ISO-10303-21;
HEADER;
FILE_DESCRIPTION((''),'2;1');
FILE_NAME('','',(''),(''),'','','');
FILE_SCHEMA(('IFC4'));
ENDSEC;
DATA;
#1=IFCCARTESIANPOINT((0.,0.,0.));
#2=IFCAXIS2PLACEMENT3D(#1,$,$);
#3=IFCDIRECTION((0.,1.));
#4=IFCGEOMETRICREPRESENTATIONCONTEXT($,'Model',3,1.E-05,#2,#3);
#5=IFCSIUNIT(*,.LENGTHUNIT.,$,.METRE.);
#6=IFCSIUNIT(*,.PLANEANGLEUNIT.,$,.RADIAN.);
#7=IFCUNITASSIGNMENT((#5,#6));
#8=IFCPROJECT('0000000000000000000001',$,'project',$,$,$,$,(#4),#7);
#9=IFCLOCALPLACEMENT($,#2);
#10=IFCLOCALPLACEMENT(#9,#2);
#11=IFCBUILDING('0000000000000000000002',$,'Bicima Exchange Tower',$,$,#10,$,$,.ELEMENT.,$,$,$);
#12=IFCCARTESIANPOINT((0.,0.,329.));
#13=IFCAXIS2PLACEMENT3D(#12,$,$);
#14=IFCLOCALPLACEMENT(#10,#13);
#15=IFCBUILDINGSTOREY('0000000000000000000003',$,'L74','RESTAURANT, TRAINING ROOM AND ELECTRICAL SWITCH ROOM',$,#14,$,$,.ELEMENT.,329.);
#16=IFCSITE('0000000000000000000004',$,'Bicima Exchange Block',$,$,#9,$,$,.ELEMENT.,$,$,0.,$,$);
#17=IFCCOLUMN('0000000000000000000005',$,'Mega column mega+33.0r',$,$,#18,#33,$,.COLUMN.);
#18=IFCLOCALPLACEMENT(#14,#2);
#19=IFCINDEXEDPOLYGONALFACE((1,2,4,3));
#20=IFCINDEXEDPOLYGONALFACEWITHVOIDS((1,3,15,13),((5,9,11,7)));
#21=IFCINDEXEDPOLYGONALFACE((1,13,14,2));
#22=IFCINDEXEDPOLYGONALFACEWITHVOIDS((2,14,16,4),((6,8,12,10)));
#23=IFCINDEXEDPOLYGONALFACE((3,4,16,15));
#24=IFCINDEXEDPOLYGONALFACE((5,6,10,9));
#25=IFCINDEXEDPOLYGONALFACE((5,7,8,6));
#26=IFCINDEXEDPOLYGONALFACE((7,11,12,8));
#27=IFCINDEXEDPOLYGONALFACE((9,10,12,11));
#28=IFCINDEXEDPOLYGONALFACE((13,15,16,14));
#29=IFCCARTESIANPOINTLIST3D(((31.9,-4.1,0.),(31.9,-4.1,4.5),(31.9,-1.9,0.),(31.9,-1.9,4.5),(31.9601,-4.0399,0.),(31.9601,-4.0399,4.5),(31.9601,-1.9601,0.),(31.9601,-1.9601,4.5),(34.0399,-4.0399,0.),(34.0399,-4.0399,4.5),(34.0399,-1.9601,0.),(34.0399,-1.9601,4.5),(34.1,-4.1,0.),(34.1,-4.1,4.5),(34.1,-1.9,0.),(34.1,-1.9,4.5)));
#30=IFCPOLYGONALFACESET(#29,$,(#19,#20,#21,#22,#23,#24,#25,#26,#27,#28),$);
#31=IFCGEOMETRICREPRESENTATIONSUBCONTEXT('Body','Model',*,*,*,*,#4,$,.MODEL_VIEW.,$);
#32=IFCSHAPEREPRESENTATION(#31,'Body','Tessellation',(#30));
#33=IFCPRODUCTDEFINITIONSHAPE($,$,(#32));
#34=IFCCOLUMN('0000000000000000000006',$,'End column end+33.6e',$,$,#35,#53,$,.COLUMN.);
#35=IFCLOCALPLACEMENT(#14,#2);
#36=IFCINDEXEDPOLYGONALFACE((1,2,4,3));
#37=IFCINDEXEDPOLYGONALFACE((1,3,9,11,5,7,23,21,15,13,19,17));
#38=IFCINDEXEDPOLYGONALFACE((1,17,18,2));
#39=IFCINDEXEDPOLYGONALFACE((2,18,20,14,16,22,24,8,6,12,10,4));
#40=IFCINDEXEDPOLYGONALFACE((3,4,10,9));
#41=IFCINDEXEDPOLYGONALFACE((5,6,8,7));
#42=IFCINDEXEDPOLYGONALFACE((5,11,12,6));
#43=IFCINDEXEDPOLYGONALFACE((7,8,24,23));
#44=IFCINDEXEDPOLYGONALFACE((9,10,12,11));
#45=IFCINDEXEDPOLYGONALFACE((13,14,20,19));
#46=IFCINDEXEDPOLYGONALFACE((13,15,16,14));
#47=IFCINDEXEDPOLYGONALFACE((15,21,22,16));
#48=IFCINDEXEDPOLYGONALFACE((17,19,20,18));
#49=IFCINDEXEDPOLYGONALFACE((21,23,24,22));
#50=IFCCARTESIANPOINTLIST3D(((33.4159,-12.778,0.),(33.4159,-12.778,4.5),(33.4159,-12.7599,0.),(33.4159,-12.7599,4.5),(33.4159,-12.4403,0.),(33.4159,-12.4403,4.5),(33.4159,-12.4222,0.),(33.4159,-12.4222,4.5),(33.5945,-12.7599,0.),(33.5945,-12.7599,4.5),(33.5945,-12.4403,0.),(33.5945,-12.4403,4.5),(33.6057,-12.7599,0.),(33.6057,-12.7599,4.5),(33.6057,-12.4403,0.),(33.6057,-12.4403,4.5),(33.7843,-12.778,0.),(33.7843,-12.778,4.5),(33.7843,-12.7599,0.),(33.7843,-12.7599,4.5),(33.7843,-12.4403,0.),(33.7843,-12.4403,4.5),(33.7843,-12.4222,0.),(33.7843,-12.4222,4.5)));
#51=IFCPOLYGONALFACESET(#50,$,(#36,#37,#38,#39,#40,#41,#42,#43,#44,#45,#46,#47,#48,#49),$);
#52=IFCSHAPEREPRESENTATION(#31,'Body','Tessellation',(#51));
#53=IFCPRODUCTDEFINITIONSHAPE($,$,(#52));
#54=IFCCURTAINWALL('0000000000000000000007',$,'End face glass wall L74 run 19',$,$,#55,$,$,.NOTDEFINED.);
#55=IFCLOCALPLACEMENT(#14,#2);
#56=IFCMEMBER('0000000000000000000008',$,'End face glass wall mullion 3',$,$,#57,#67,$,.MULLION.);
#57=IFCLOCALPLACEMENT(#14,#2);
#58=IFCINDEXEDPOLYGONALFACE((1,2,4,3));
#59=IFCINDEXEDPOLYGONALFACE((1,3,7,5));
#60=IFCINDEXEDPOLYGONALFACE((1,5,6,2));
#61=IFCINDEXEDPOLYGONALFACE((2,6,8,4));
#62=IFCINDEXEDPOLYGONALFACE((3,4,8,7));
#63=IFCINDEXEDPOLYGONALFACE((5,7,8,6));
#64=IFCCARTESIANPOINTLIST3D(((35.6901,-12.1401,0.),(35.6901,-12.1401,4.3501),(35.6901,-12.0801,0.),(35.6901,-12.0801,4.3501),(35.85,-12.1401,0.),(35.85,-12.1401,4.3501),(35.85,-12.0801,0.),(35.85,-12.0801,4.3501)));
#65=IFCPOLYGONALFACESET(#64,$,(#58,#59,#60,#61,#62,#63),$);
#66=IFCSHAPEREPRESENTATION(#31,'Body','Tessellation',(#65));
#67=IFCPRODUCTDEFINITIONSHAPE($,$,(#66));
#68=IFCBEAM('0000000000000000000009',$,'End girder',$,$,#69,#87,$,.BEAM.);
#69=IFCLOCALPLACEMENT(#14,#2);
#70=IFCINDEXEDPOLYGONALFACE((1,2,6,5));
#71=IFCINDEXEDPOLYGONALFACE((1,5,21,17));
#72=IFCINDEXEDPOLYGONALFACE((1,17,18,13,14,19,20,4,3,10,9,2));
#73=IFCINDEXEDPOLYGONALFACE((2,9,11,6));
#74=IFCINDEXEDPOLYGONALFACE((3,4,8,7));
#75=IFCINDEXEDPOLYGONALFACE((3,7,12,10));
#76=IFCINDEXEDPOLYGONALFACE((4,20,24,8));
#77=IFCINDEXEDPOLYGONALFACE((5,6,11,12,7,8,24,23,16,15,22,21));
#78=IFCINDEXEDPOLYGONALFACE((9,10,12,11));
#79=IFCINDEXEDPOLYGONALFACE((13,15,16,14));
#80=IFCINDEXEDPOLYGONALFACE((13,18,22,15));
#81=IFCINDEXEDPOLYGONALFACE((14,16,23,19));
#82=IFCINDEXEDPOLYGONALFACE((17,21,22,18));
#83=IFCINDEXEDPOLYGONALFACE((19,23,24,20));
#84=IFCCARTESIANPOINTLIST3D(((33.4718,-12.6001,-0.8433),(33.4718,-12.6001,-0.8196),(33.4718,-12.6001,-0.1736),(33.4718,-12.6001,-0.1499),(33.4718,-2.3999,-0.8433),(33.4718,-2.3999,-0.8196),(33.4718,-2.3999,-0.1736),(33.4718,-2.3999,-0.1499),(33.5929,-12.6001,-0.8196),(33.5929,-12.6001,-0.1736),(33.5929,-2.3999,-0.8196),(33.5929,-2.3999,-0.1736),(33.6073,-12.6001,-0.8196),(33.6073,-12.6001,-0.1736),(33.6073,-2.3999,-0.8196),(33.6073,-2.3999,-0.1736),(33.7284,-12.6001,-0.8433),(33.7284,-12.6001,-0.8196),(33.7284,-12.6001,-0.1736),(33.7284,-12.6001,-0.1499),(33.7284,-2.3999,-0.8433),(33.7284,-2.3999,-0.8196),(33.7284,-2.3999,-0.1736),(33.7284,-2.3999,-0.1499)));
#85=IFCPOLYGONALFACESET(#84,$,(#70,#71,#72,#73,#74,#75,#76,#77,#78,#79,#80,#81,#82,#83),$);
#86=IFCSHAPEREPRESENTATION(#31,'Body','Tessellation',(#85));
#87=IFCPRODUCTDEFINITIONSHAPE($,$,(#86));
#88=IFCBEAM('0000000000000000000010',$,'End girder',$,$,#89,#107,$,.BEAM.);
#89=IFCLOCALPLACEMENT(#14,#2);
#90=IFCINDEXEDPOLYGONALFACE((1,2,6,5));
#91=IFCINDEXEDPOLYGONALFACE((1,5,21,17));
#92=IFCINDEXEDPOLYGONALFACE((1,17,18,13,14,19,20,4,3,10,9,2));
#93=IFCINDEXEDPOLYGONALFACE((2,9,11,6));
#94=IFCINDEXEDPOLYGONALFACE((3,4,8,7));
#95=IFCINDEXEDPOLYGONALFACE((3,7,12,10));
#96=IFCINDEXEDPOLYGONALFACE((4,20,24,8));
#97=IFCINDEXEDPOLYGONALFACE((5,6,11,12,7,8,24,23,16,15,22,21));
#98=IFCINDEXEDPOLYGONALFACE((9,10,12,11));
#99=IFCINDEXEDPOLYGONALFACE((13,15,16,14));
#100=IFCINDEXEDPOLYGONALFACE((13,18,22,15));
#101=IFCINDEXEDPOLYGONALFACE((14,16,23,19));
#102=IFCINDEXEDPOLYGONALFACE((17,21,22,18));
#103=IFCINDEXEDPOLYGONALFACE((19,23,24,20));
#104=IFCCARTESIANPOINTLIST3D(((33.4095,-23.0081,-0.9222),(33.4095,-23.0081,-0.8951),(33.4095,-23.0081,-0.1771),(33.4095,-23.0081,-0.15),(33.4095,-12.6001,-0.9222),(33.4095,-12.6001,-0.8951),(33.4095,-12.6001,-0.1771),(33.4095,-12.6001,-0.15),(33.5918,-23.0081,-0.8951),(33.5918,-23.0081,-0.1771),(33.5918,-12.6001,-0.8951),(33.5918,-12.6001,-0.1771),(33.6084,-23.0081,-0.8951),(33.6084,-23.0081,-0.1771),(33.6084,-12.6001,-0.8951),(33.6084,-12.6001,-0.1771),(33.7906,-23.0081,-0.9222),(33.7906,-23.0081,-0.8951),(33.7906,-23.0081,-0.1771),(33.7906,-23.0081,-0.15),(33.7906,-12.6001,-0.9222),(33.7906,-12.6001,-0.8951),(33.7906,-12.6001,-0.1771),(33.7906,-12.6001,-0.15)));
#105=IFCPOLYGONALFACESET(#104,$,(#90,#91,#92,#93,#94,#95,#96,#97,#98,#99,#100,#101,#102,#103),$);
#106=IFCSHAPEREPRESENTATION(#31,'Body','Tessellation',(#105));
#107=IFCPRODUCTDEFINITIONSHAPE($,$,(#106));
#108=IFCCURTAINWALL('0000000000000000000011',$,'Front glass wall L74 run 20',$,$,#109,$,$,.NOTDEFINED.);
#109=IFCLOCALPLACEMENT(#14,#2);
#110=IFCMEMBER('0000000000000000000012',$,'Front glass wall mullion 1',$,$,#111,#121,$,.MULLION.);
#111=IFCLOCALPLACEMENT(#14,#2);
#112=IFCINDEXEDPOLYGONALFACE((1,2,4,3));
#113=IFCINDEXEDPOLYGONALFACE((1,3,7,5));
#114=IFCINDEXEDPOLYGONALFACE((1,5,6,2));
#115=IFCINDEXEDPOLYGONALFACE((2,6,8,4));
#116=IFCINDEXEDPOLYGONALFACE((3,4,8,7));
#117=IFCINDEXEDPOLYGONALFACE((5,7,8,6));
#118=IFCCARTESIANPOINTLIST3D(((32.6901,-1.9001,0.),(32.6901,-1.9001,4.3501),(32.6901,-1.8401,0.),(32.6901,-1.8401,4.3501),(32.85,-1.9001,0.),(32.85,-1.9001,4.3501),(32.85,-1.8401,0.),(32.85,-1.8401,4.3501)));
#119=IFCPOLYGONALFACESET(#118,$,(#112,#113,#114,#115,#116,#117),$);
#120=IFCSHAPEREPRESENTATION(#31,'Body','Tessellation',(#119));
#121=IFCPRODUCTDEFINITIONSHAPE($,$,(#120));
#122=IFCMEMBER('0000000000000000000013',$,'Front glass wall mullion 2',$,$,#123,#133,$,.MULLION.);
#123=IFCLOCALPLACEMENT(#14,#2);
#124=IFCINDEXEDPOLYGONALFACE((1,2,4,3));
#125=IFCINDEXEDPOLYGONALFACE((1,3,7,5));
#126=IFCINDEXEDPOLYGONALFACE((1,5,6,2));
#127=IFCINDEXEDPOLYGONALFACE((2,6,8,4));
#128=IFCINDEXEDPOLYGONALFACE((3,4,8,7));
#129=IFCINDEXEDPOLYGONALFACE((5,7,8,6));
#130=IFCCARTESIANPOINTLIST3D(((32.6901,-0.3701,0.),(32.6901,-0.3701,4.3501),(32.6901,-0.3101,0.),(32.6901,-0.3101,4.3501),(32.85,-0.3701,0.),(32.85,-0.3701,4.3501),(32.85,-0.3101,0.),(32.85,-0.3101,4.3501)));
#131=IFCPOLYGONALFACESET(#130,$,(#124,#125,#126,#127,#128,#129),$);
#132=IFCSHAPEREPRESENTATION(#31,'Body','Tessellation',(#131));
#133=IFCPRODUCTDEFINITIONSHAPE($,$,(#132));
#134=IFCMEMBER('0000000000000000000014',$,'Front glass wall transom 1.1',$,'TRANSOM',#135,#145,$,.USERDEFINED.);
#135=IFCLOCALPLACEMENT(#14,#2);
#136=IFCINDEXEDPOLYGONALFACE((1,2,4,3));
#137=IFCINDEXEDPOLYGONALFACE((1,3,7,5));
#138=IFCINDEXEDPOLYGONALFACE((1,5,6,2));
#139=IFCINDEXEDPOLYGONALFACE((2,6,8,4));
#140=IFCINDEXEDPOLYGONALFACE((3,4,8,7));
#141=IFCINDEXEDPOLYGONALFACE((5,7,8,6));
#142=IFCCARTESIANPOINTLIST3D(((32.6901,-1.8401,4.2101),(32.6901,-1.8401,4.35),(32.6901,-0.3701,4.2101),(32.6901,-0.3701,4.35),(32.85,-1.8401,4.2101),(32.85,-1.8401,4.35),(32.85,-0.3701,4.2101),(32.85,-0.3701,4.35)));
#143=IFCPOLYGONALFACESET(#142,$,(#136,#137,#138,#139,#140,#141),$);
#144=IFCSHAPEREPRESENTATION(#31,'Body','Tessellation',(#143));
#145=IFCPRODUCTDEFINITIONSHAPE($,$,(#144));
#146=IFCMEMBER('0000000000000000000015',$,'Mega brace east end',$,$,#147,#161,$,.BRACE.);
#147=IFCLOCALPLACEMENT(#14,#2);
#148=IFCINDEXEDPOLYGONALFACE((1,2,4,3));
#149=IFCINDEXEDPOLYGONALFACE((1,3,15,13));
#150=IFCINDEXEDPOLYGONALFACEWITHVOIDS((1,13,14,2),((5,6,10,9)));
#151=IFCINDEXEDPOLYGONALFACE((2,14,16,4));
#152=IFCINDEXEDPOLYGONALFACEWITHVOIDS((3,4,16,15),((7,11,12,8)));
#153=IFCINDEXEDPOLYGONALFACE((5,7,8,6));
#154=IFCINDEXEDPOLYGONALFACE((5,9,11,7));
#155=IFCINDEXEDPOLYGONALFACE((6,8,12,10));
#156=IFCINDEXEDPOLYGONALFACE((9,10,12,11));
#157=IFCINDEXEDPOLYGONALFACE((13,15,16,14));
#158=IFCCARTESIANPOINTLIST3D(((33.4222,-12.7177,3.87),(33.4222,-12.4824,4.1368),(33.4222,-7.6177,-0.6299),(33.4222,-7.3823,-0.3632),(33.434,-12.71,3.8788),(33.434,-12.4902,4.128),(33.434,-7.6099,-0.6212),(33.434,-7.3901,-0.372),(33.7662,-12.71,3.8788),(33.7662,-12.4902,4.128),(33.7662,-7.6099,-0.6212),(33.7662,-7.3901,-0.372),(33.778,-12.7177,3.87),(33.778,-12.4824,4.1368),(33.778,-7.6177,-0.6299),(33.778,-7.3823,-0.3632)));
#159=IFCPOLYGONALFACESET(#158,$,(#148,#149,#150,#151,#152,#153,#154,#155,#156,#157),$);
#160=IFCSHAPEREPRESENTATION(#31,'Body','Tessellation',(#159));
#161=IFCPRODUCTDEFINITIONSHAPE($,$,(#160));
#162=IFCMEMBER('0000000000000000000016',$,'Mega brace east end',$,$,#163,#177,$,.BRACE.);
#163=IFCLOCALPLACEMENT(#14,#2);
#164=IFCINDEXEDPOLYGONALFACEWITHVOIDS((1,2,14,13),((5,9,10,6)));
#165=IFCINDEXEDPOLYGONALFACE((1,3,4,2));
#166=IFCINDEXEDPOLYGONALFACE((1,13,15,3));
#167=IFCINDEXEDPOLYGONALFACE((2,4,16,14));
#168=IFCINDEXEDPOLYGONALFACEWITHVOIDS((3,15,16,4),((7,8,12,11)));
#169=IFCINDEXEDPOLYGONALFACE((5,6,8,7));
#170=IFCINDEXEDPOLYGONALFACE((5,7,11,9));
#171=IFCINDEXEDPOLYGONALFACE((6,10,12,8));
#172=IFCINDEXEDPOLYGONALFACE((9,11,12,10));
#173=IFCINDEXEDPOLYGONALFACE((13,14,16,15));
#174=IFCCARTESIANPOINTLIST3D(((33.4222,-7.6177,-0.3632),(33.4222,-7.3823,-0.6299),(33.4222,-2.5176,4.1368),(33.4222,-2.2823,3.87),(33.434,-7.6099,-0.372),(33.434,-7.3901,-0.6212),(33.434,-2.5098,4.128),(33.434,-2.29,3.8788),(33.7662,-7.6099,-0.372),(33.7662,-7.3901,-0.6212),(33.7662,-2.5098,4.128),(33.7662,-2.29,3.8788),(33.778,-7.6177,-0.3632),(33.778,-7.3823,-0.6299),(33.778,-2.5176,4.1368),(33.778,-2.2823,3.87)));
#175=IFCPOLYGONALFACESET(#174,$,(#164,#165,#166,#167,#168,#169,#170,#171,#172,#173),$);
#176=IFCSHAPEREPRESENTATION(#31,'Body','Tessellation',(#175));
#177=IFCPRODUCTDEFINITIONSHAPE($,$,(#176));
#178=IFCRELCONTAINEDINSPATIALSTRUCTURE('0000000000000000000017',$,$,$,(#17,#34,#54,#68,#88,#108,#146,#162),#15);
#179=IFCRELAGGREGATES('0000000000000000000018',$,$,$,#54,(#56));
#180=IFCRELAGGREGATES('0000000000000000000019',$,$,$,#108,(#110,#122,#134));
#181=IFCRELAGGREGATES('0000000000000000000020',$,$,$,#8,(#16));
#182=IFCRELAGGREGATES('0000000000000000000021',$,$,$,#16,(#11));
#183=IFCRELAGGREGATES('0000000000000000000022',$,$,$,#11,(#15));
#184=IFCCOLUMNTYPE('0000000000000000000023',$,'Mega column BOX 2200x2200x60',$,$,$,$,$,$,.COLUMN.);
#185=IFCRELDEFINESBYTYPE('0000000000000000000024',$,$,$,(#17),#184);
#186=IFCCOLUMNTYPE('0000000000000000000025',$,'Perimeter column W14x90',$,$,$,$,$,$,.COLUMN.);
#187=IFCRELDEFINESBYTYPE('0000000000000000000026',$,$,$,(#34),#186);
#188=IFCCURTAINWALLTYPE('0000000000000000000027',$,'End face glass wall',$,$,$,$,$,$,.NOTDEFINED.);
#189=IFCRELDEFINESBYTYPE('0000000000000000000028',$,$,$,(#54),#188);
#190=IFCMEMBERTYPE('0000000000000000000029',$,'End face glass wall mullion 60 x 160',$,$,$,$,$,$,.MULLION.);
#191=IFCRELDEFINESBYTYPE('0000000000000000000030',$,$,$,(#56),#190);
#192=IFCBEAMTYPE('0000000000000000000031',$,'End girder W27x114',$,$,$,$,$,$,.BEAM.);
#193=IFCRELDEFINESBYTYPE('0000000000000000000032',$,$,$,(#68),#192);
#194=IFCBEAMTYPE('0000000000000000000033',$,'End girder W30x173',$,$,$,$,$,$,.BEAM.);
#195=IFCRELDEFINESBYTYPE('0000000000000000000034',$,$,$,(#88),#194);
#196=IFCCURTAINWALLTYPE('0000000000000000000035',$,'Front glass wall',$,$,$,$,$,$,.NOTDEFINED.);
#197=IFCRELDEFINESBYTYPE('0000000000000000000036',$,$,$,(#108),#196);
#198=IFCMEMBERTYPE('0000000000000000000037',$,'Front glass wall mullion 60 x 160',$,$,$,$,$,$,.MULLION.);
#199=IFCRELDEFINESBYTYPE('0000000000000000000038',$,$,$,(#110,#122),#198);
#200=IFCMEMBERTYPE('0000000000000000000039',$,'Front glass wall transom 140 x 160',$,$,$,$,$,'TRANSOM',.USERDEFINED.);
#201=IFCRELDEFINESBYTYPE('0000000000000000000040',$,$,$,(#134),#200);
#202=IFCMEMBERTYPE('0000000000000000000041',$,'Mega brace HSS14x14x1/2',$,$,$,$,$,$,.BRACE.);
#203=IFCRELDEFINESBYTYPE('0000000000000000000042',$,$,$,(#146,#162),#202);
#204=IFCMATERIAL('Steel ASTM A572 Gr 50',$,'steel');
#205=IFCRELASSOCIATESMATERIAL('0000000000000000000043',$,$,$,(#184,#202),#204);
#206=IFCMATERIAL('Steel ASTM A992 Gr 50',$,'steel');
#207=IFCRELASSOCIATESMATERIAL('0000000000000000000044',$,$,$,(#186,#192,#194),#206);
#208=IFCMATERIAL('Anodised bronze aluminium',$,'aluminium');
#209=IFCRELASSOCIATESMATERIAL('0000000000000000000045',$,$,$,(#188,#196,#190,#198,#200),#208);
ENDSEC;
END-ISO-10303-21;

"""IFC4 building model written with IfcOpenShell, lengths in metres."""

from ifc_helpers import new_model, si_unit, direction, frame, origin, origin_2d, place, context, subcontext, project, spatial, rectangle, hollow_rectangle, i_section, extrude, material, material_profile, profile_set, type_object, element, aggregate, save


model = new_model("IFC4")

# Units and contexts
model_context = context("Model", 3, precision=1e-05, world=origin(), true_north=direction((0.0, 1.0)))
body_context = subcontext(model_context, "Body", "Model", "MODEL_VIEW")
ifc_project = project(units=[si_unit("LENGTHUNIT", "METRE"), si_unit("PLANEANGLEUNIT", "RADIAN")], contexts=[model_context])

# Site, building, storey
site_placement = place(None, origin())
site = spatial("IfcSite", under=ifc_project, at=site_placement, Name="Bicima Exchange Block", CompositionType="ELEMENT", RefElevation=0.0)
building_placement = place(site_placement, origin())
building = spatial("IfcBuilding", under=site, at=building_placement, Name="Bicima Exchange Tower", CompositionType="ELEMENT")
storey_placement = place(building_placement, frame((0.0, 0.0, 329.0)))
storey = spatial("IfcBuildingStorey", under=building, at=storey_placement, Name="L74", Description="RESTAURANT, TRAINING ROOM AND ELECTRICAL SWITCH ROOM", CompositionType="ELEMENT", Elevation=329.0)

# Columns
ifc_material_1 = material(Name="Steel ASTM A572 Gr 50", Category="steel")
ifc_material_profile_1 = material_profile(ifc_material_1, hollow_rectangle(XDim=2.2, YDim=2.2, WallThickness=0.0601, at=origin_2d()))
ifc_profile_set_1 = profile_set([ifc_material_profile_1], Name="Steel ASTM A572 Gr 50")
column_type_1 = type_object("IfcColumnType", Name="Mega column BOX 2200x2200x60", PredefinedType="COLUMN", material=ifc_profile_set_1)
column_1_placement = place(storey_placement, frame((33.0, -3.0, 0.0), z_axis=(0.0, 0.0, 1.0), x_axis=(1.0, 0.0, 0.0)))
element("IfcColumn", 1, at=column_1_placement, inside=storey, type_object=column_type_1, Name="Mega column mega+33.0r", PredefinedType="COLUMN", context=body_context, shape_type="SweptSolid", body=[
    extrude(hollow_rectangle(XDim=2.2, YDim=2.2, WallThickness=0.0601, at=origin_2d()), origin(), (0.0, 0.0, 1.0), 4.5),
])
ifc_material_2 = material(Name="Steel ASTM A992 Gr 50", Category="steel")
ifc_material_profile_2 = material_profile(ifc_material_2, i_section(OverallWidth=0.3684, OverallDepth=0.3557, WebThickness=0.0112, FlangeThickness=0.0181, at=origin_2d()))
ifc_profile_set_2 = profile_set([ifc_material_profile_2], Name="Steel ASTM A992 Gr 50")
column_type_2 = type_object("IfcColumnType", Name="Perimeter column W14x90", PredefinedType="COLUMN", material=ifc_profile_set_2)
column_2_placement = place(storey_placement, frame((33.6001, -12.6001, 0.0), z_axis=(0.0, 0.0, 1.0), x_axis=(1.0, 0.0, 0.0)))
element("IfcColumn", 2, at=column_2_placement, inside=storey, type_object=column_type_2, Name="End column end+33.6e", PredefinedType="COLUMN", context=body_context, shape_type="SweptSolid", body=[
    extrude(i_section(OverallWidth=0.3684, OverallDepth=0.3557, WebThickness=0.0112, FlangeThickness=0.0181, at=origin_2d()), origin(), (0.0, 0.0, 1.0), 4.5),
])

# Curtain wall, member
ifc_material_3 = material(Name="Anodised bronze aluminium", Category="aluminium")
curtain_wall_type_1 = type_object("IfcCurtainWallType", Name="End face glass wall", PredefinedType="NOTDEFINED", material=ifc_material_3)
curtain_wall_1_placement = place(storey_placement, origin())
curtain_wall_1 = element("IfcCurtainWall", 3, at=curtain_wall_1_placement, inside=storey, type_object=curtain_wall_type_1, Name="End face glass wall L74 run 19", PredefinedType="NOTDEFINED")
ifc_material_profile_3 = material_profile(ifc_material_3, rectangle(XDim=0.1599, YDim=0.0601, at=origin_2d()))
ifc_profile_set_3 = profile_set([ifc_material_profile_3], Name="Anodised bronze aluminium")
member_type_1 = type_object("IfcMemberType", Name="End face glass wall mullion 60 x 160", PredefinedType="MULLION", material=ifc_profile_set_3)
member_1_placement = place(storey_placement, frame((35.77, -12.1101, 0.0), z_axis=(0.0, 0.0, 1.0), x_axis=(-1.0, 0.0, 0.0)))
member_1 = element("IfcMember", 4, at=member_1_placement, type_object=member_type_1, Name="End face glass wall mullion 3", PredefinedType="MULLION", context=body_context, shape_type="SweptSolid", body=[
    extrude(rectangle(XDim=0.1599, YDim=0.0601, at=origin_2d()), origin(), (0.0, 0.0, 1.0), 4.3501),
])
aggregate(curtain_wall_1, [member_1])

# Beams
ifc_material_profile_4 = material_profile(ifc_material_2, i_section(OverallWidth=0.2566, OverallDepth=0.6934, WebThickness=0.0144, FlangeThickness=0.0237, at=origin_2d()))
ifc_profile_set_4 = profile_set([ifc_material_profile_4], Name="Steel ASTM A992 Gr 50")
beam_type_1 = type_object("IfcBeamType", Name="End girder W27x114", PredefinedType="BEAM", material=ifc_profile_set_4)
beam_1_placement = place(storey_placement, frame((33.6001, -2.3999, -0.4966), z_axis=(0.0, -1.0, 0.0), x_axis=(1.0, 0.0, 0.0)))
element("IfcBeam", 5, at=beam_1_placement, inside=storey, type_object=beam_type_1, Name="End girder", PredefinedType="BEAM", context=body_context, shape_type="SweptSolid", body=[
    extrude(i_section(OverallWidth=0.2566, OverallDepth=0.6934, WebThickness=0.0144, FlangeThickness=0.0237, at=origin_2d()), origin(), (0.0, 0.0, 1.0), 10.2002),
])
ifc_material_profile_5 = material_profile(ifc_material_2, i_section(OverallWidth=0.3811, OverallDepth=0.7722, WebThickness=0.0166, FlangeThickness=0.0271, at=origin_2d()))
ifc_profile_set_5 = profile_set([ifc_material_profile_5], Name="Steel ASTM A992 Gr 50")
beam_type_2 = type_object("IfcBeamType", Name="End girder W30x173", PredefinedType="BEAM", material=ifc_profile_set_5)
beam_2_placement = place(storey_placement, frame((33.6001, -12.6001, -0.5361), z_axis=(0.0, -1.0, 0.0), x_axis=(1.0, 0.0, 0.0)))
element("IfcBeam", 6, at=beam_2_placement, inside=storey, type_object=beam_type_2, Name="End girder", PredefinedType="BEAM", context=body_context, shape_type="SweptSolid", body=[
    extrude(i_section(OverallWidth=0.3811, OverallDepth=0.7722, WebThickness=0.0166, FlangeThickness=0.0271, at=origin_2d()), origin(), (0.0, 0.0, 1.0), 10.408),
])

# Curtain wall, members
curtain_wall_type_2 = type_object("IfcCurtainWallType", Name="Front glass wall", PredefinedType="NOTDEFINED", material=ifc_material_3)
curtain_wall_2_placement = place(storey_placement, origin())
curtain_wall_2 = element("IfcCurtainWall", 7, at=curtain_wall_2_placement, inside=storey, type_object=curtain_wall_type_2, Name="Front glass wall L74 run 20", PredefinedType="NOTDEFINED")
member_type_2 = type_object("IfcMemberType", Name="Front glass wall mullion 60 x 160", PredefinedType="MULLION", material=ifc_profile_set_3)
member_2_placement = place(storey_placement, frame((32.77, -1.8701, 0.0), z_axis=(0.0, 0.0, 1.0), x_axis=(-1.0, 0.0, 0.0)))
member_2 = element("IfcMember", 8, at=member_2_placement, type_object=member_type_2, Name="Front glass wall mullion 1", PredefinedType="MULLION", context=body_context, shape_type="SweptSolid", body=[
    extrude(rectangle(XDim=0.1599, YDim=0.0601, at=origin_2d()), origin(), (0.0, 0.0, 1.0), 4.3501),
])
member_3_placement = place(storey_placement, frame((32.77, -0.3401, 0.0), z_axis=(0.0, 0.0, 1.0), x_axis=(-1.0, 0.0, 0.0)))
member_3 = element("IfcMember", 9, at=member_3_placement, type_object=member_type_2, Name="Front glass wall mullion 2", PredefinedType="MULLION", context=body_context, shape_type="SweptSolid", body=[
    extrude(rectangle(XDim=0.1599, YDim=0.0601, at=origin_2d()), origin(), (0.0, 0.0, 1.0), 4.3501),
])
ifc_material_profile_6 = material_profile(ifc_material_3, rectangle(XDim=0.1599, YDim=0.1399, at=origin_2d()))
ifc_profile_set_6 = profile_set([ifc_material_profile_6], Name="Anodised bronze aluminium")
member_type_3 = type_object("IfcMemberType", Name="Front glass wall transom 140 x 160", ElementType="TRANSOM", PredefinedType="USERDEFINED", material=ifc_profile_set_6)
member_4_placement = place(storey_placement, frame((32.77, -1.8401, 4.28), z_axis=(0.0, 1.0, 0.0), x_axis=(-1.0, 0.0, 0.0)))
member_4 = element("IfcMember", 10, at=member_4_placement, type_object=member_type_3, Name="Front glass wall transom 1.1", ObjectType="TRANSOM", PredefinedType="USERDEFINED", context=body_context, shape_type="SweptSolid", body=[
    extrude(rectangle(XDim=0.1599, YDim=0.1399, at=origin_2d()), origin(), (0.0, 0.0, 1.0), 1.47),
])

# Members
ifc_material_profile_7 = material_profile(ifc_material_1, hollow_rectangle(XDim=0.3557, YDim=0.3557, WallThickness=0.0117, at=origin_2d()))
ifc_profile_set_7 = profile_set([ifc_material_profile_7], Name="Steel ASTM A572 Gr 50")
member_type_4 = type_object("IfcMemberType", Name="Mega brace HSS14x14x1/2", PredefinedType="BRACE", material=ifc_profile_set_7)
for number, where, z_axis, x_axis, name in (
    (11, (33.6001, -7.5, -0.4966), (0.0, -0.749844, 0.661615), (1.0, 0.0, 0.0), "Mega brace east end"),
    (12, (33.6001, -7.5, -0.4966), (0.0, 0.749844, 0.661615), (-1.0, 0.0, 0.0), "Mega brace east end"),
):
    element("IfcMember", number, at=place(storey_placement, frame(where, z_axis=z_axis, x_axis=x_axis)), inside=storey, type_object=member_type_4, Name=name, PredefinedType="BRACE", context=body_context, shape_type="SweptSolid", body=[
        extrude(hollow_rectangle(XDim=0.3557, YDim=0.3557, WallThickness=0.0117, at=origin_2d()), origin(), (0.0, 0.0, 1.0), 6.8015),
    ])

aggregate(curtain_wall_2, [member_2, member_3, member_4])

save(model, "model.ifc")
